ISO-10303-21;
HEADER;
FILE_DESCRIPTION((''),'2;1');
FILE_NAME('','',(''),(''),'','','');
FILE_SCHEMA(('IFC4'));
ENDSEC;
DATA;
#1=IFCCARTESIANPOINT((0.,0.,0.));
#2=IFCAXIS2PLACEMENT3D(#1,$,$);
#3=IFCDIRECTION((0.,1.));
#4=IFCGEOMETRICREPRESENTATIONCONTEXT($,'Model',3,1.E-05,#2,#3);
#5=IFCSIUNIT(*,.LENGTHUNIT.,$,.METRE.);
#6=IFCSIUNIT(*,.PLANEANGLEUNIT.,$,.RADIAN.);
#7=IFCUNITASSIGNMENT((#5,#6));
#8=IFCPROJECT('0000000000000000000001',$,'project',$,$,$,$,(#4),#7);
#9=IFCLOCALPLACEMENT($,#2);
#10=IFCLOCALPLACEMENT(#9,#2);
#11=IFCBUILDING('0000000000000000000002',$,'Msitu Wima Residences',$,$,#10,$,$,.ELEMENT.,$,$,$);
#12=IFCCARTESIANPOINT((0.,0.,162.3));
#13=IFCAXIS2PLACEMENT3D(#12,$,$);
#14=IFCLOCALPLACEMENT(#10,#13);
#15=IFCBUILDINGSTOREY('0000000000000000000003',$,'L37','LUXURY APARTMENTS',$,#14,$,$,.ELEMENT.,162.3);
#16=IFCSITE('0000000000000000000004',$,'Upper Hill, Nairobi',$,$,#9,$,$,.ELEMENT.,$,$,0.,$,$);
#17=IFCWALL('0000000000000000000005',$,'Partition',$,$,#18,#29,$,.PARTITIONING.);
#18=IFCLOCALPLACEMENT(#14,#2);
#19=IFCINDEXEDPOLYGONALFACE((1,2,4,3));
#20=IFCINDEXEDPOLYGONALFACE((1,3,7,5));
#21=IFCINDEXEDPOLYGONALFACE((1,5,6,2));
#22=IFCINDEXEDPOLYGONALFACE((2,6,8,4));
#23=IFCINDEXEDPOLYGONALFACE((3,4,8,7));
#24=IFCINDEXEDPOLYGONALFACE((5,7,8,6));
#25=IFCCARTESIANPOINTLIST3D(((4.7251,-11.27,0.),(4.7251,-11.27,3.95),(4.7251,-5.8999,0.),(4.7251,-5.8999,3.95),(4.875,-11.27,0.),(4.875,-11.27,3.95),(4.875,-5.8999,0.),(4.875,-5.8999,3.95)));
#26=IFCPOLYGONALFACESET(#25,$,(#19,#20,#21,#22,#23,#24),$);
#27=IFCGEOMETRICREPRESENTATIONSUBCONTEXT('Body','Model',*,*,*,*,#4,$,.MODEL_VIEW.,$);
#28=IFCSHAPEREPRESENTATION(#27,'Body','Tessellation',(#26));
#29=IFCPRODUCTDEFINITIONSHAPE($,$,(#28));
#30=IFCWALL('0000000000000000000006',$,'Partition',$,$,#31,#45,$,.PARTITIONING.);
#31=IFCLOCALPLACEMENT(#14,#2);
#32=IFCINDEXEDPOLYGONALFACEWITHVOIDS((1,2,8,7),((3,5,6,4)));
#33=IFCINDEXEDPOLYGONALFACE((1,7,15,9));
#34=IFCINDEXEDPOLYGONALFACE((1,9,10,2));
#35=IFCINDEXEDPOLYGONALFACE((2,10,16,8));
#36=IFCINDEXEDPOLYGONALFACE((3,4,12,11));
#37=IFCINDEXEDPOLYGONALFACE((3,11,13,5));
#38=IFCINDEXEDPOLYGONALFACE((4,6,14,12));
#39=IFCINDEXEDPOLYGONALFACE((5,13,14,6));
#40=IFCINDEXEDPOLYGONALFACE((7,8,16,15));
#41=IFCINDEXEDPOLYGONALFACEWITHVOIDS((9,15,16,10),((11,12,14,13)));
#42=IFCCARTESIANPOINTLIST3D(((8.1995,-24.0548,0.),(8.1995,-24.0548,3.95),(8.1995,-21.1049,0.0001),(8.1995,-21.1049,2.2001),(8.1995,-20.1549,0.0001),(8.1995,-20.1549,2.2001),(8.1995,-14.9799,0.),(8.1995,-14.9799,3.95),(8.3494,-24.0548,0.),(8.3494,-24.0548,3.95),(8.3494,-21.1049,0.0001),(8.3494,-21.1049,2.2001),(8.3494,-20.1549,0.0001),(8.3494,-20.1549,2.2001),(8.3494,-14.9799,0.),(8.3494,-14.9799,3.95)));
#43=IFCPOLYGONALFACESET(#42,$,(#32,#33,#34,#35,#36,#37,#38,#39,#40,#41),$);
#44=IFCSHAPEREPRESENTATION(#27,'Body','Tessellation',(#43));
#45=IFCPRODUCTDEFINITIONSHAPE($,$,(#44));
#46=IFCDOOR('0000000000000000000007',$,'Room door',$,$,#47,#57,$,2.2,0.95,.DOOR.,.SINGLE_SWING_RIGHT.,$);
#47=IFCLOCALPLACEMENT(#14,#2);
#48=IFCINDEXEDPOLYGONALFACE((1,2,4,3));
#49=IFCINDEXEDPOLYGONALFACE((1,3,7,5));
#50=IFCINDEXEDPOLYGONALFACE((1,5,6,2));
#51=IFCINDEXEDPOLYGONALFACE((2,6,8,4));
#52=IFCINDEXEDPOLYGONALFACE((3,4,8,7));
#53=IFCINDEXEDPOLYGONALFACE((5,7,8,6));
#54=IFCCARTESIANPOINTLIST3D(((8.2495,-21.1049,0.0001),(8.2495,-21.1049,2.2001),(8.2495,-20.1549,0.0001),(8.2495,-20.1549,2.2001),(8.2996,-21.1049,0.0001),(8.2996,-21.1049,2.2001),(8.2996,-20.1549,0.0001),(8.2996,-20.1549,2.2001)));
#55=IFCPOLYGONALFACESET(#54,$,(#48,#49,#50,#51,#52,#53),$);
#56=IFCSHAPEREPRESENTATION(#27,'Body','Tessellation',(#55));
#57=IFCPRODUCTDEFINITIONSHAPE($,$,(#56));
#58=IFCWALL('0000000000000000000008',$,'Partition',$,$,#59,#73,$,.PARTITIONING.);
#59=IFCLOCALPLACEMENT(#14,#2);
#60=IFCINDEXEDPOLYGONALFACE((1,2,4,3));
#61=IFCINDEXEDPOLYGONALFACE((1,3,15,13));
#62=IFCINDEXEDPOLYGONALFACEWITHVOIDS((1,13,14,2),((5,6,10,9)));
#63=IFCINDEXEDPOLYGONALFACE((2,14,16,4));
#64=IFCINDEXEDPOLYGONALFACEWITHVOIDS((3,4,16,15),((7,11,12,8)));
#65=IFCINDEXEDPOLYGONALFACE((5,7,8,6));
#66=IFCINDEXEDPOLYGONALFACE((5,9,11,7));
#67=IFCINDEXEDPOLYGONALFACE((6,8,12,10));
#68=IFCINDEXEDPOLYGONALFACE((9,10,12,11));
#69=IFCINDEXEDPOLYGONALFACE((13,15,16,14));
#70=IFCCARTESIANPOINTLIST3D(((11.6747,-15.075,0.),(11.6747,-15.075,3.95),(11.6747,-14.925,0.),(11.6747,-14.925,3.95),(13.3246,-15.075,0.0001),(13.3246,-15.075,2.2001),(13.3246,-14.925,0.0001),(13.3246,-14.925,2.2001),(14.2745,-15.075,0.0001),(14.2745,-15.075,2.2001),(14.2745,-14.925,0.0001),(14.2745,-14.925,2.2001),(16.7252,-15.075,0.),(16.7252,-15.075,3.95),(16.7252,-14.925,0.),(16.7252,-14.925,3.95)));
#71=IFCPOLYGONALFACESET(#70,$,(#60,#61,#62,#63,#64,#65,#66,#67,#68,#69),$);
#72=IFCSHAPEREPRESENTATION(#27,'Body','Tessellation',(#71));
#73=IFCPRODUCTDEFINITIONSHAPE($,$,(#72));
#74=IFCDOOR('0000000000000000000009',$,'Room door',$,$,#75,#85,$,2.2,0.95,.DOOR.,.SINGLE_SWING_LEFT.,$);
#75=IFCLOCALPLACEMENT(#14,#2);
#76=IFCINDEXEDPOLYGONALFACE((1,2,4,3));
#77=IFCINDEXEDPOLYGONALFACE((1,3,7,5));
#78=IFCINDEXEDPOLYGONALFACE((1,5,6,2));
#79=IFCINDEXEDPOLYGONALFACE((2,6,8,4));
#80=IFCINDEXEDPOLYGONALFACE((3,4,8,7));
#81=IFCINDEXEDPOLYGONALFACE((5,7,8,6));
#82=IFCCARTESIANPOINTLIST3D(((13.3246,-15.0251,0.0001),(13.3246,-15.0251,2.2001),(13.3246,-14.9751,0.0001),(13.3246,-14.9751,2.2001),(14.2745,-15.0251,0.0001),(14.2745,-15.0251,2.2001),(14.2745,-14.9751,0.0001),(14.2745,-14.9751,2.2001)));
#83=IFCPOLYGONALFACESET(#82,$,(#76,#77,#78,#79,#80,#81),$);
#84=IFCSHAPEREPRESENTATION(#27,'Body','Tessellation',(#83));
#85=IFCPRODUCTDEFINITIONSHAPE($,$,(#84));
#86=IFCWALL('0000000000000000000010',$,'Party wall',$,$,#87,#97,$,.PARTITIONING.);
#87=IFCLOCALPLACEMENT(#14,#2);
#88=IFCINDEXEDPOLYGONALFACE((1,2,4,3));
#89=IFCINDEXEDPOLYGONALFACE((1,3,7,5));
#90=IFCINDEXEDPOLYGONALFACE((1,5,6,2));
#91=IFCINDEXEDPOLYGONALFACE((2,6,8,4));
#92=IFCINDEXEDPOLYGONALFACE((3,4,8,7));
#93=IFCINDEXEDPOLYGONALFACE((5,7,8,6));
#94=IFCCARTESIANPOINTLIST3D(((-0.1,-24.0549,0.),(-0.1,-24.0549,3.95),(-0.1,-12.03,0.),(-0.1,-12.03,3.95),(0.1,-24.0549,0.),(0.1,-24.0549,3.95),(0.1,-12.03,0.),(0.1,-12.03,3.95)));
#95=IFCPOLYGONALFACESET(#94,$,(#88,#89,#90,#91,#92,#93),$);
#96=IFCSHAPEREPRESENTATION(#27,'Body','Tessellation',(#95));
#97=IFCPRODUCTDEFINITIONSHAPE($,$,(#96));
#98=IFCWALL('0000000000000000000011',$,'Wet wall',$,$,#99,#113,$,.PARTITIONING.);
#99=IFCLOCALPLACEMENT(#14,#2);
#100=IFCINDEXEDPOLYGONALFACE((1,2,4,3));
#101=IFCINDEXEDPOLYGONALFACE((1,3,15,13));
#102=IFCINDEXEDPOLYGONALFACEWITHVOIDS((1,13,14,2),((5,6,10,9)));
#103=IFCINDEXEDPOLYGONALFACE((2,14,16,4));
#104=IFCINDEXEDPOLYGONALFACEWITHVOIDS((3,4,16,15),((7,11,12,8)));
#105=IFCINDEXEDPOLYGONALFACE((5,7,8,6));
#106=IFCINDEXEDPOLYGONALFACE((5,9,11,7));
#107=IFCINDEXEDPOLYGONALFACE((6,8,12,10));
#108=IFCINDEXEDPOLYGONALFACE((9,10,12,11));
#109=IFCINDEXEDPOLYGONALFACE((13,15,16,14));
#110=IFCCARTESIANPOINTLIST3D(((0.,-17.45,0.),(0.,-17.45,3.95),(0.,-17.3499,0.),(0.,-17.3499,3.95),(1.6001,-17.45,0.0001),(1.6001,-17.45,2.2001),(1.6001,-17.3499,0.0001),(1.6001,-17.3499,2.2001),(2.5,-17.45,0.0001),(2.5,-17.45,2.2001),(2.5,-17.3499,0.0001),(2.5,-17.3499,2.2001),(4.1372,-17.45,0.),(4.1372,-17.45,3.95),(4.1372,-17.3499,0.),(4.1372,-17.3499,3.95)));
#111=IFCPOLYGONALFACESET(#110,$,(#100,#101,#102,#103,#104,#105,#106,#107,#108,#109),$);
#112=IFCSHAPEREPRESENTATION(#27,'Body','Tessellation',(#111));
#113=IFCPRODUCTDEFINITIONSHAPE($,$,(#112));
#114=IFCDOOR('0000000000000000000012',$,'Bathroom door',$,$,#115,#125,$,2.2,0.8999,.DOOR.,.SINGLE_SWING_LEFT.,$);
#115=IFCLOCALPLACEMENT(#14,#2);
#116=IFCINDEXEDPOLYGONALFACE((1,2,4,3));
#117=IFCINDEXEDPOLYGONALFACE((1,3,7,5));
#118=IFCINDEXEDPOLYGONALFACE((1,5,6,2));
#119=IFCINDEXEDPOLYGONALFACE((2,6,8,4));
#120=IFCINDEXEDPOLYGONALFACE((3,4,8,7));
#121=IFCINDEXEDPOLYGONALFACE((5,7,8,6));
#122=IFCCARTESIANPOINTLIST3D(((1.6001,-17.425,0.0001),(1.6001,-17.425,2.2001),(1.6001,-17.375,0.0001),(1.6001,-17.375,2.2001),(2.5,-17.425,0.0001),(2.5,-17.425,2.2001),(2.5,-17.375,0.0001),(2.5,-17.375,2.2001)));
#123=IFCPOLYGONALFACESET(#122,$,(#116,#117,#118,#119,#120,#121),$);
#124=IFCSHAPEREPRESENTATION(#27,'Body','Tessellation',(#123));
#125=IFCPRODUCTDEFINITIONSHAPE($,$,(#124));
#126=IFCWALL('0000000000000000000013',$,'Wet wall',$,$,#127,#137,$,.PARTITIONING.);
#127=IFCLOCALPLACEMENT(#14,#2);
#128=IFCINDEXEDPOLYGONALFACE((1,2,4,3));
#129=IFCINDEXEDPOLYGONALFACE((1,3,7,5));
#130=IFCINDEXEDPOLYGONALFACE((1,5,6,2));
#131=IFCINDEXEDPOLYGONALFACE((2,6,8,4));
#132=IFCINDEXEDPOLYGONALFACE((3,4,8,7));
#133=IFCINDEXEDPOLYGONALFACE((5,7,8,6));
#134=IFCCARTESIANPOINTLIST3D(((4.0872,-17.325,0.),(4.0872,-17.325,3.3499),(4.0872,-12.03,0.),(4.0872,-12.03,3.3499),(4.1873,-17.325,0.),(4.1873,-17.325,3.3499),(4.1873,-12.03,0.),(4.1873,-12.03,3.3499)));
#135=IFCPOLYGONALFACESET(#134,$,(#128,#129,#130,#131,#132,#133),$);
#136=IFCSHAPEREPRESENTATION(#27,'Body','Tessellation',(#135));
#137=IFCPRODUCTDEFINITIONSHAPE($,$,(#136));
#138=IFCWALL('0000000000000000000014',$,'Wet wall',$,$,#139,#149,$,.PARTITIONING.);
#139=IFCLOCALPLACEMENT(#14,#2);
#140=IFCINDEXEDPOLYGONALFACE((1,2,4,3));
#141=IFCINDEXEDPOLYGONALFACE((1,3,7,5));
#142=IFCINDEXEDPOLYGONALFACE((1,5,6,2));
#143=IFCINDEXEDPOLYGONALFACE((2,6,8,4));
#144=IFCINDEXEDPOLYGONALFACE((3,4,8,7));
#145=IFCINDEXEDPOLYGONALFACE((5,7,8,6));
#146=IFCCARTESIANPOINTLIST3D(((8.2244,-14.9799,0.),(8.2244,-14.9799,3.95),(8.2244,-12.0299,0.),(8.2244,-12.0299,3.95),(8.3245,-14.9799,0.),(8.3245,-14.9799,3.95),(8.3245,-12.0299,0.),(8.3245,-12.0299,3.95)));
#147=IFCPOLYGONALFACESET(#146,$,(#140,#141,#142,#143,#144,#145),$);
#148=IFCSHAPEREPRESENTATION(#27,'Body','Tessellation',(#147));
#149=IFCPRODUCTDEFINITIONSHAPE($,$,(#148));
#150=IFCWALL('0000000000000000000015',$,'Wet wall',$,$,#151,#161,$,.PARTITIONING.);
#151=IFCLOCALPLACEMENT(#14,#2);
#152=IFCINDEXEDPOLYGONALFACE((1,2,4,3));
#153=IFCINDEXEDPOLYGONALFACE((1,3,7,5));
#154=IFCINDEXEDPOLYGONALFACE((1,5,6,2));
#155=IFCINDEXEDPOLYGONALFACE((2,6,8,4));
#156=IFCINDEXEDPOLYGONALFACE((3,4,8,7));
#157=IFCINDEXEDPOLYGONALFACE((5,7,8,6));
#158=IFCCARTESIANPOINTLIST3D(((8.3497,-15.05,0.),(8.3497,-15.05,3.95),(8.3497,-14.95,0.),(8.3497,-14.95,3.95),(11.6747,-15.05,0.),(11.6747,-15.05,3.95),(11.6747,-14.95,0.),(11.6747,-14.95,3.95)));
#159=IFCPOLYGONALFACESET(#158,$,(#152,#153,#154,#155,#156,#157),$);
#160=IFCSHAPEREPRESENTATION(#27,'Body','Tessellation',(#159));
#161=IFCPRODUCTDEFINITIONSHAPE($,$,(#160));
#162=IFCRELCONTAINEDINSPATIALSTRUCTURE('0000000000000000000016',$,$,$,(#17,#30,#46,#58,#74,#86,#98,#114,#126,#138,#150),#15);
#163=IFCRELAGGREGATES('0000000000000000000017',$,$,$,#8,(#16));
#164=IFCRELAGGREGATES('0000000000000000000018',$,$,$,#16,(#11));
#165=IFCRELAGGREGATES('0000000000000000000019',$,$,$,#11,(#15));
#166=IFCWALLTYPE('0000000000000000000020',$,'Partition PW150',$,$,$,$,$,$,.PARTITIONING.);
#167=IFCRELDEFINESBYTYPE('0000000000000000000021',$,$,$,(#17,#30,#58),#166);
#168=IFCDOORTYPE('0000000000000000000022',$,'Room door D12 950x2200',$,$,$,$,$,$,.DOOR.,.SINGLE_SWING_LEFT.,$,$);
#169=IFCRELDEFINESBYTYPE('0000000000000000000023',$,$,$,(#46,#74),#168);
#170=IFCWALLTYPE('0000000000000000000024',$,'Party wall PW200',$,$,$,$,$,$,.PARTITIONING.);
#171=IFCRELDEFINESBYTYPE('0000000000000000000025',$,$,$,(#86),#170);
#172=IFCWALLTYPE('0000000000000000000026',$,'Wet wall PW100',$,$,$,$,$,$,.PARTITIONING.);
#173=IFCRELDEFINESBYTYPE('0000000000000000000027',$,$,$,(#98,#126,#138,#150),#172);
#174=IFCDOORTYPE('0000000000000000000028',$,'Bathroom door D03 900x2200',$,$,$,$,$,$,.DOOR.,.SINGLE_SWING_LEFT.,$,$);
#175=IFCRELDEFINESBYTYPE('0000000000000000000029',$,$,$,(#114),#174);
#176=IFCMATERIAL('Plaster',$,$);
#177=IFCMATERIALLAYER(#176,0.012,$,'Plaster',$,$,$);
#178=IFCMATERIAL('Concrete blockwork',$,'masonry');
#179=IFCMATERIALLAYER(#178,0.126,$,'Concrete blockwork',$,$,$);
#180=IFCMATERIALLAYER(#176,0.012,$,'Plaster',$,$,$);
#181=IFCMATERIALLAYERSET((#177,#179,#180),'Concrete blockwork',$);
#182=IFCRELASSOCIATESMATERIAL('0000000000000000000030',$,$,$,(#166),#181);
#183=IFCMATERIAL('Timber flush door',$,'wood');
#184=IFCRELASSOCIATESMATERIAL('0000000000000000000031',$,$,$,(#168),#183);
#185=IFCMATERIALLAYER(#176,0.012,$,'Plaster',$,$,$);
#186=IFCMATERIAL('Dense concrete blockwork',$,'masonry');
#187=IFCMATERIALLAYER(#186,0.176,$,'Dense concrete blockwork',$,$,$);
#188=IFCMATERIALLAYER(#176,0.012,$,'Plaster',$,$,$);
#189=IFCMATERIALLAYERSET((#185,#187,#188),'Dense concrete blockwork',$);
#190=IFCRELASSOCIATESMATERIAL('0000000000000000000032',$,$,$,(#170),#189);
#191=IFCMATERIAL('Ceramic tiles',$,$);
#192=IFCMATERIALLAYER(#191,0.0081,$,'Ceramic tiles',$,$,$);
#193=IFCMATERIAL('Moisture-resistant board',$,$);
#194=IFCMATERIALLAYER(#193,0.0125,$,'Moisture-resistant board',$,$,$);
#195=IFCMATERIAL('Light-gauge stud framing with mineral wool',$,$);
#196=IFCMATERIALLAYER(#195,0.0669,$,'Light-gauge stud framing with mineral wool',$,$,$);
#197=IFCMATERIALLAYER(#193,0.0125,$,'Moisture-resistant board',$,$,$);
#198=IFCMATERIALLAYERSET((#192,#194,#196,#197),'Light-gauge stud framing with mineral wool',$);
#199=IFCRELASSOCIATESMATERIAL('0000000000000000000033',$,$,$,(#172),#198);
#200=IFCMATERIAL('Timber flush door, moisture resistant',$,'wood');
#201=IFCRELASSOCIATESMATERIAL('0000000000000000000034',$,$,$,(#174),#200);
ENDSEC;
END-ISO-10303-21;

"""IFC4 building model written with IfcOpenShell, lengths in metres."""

from ifc_helpers import new_model, si_unit, direction, frame, frame_2d, origin, place, context, subcontext, project, spatial, rectangle, extrude, material, layer, layer_set, type_object, element, fill, save


model = new_model("IFC4")

# Units and contexts
model_context = context("Model", 3, precision=1e-05, world=origin(), true_north=direction((0.0, 1.0)))
body_context = subcontext(model_context, "Body", "Model", "MODEL_VIEW")
ifc_project = project(units=[si_unit("LENGTHUNIT", "METRE"), si_unit("PLANEANGLEUNIT", "RADIAN")], contexts=[model_context])

# Site, building, storey
site_placement = place(None, origin())
site = spatial("IfcSite", under=ifc_project, at=site_placement, Name="Upper Hill, Nairobi", CompositionType="ELEMENT", RefElevation=0.0)
building_placement = place(site_placement, origin())
building = spatial("IfcBuilding", under=site, at=building_placement, Name="Msitu Wima Residences", CompositionType="ELEMENT")
storey_placement = place(building_placement, frame((0.0, 0.0, 162.3)))
storey = spatial("IfcBuildingStorey", under=building, at=storey_placement, Name="L37", Description="LUXURY APARTMENTS", CompositionType="ELEMENT", Elevation=162.3)

# Shared definitions
ifc_material_1 = material(Name="Plaster")
ifc_layer_1 = layer(ifc_material_1, 0.012, Name="Plaster")
ifc_material_2 = material(Name="Concrete blockwork", Category="masonry")
ifc_layer_2 = layer(ifc_material_2, 0.126, Name="Concrete blockwork")
ifc_layer_3 = layer(ifc_material_1, 0.012, Name="Plaster")
ifc_layer_set_1 = layer_set([ifc_layer_1, ifc_layer_2, ifc_layer_3], Name="Concrete blockwork")
wall_type_1 = type_object("IfcWallType", Name="Partition PW150", PredefinedType="PARTITIONING", material=ifc_layer_set_1)
ifc_material_3 = material(Name="Timber flush door", Category="wood")
door_type_1 = type_object("IfcDoorType", Name="Room door D12 950x2200", OperationType="SINGLE_SWING_LEFT", PredefinedType="DOOR", material=ifc_material_3)

# Wall
wall_1_placement = place(storey_placement, frame((4.8, -11.27, 0.0), z_axis=(0.0, 0.0, 1.0), x_axis=(0.0, 1.0, 0.0)))
element("IfcWall", 1, at=wall_1_placement, inside=storey, type_object=wall_type_1, Name="Partition", PredefinedType="PARTITIONING", context=body_context, shape_type="SweptSolid", body=[
    extrude(rectangle(XDim=5.3701, YDim=0.1499, at=frame_2d((2.6851, 0.0))), origin(), (0.0, 0.0, 1.0), 3.95),
])

# Walls, openings, doors
wall_2_placement = place(storey_placement, frame((8.2744, -24.0549, 0.0), z_axis=(0.0, 0.0, 1.0), x_axis=(0.0, 1.0, 0.0)))
wall_2 = element("IfcWall", 2, at=wall_2_placement, inside=storey, type_object=wall_type_1, Name="Partition", PredefinedType="PARTITIONING", context=body_context, shape_type="SweptSolid", body=[
    extrude(rectangle(XDim=9.075, YDim=0.1499, at=frame_2d((4.5376, 0.0))), origin(), (0.0, 0.0, 1.0), 3.95),
])
opening_1_placement = place(wall_2_placement, frame((2.95, 0.0, 0.0)))
opening_1 = element("IfcOpeningElement", 3, at=opening_1_placement, cuts=wall_2, PredefinedType="OPENING", context=body_context, shape_type="SweptSolid", body=[
    extrude(rectangle(XDim=0.95, YDim=2.2, at=frame_2d((0.4751, 1.1001))), frame((0.0, 0.085, 0.0), z_axis=(0.0, -1.0, 0.0), x_axis=(1.0, 0.0, 0.0)), (0.0, 0.0, 1.0), 0.1699),
])
door_1_placement = place(opening_1_placement, origin())
door_1 = element("IfcDoor", 4, at=door_1_placement, inside=storey, type_object=door_type_1, Name="Room door", OperationType="SINGLE_SWING_RIGHT", OverallHeight=2.2, OverallWidth=0.95, PredefinedType="DOOR", context=body_context, shape_type="SweptSolid", body=[
    extrude(rectangle(XDim=0.95, YDim=2.2, at=frame_2d((0.4751, 1.1001))), frame((0.0, 0.0249, 0.0), z_axis=(0.0, -1.0, 0.0), x_axis=(1.0, 0.0, 0.0)), (0.0, 0.0, 1.0), 0.05),
])
fill(opening_1, door_1)
wall_3_placement = place(storey_placement, frame((11.6746, -15.0, 0.0), z_axis=(0.0, 0.0, 1.0), x_axis=(1.0, 0.0, 0.0)))
wall_3 = element("IfcWall", 5, at=wall_3_placement, inside=storey, type_object=wall_type_1, Name="Partition", PredefinedType="PARTITIONING", context=body_context, shape_type="SweptSolid", body=[
    extrude(rectangle(XDim=5.0505, YDim=0.1499, at=frame_2d((2.5254, 0.0))), origin(), (0.0, 0.0, 1.0), 3.95),
])
opening_2_placement = place(wall_3_placement, frame((1.6499, 0.0, 0.0)))
opening_2 = element("IfcOpeningElement", 6, at=opening_2_placement, cuts=wall_3, PredefinedType="OPENING", context=body_context, shape_type="SweptSolid", body=[
    extrude(rectangle(XDim=0.95, YDim=2.2, at=frame_2d((0.4751, 1.1001))), frame((0.0, 0.085, 0.0), z_axis=(0.0, -1.0, 0.0), x_axis=(1.0, 0.0, 0.0)), (0.0, 0.0, 1.0), 0.1699),
])
door_2_placement = place(opening_2_placement, origin())
door_2 = element("IfcDoor", 7, at=door_2_placement, inside=storey, type_object=door_type_1, Name="Room door", OperationType="SINGLE_SWING_LEFT", OverallHeight=2.2, OverallWidth=0.95, PredefinedType="DOOR", context=body_context, shape_type="SweptSolid", body=[
    extrude(rectangle(XDim=0.95, YDim=2.2, at=frame_2d((0.4751, 1.1001))), frame((0.0, 0.0249, 0.0), z_axis=(0.0, -1.0, 0.0), x_axis=(1.0, 0.0, 0.0)), (0.0, 0.0, 1.0), 0.05),
])
fill(opening_2, door_2)

# Wall
ifc_layer_4 = layer(ifc_material_1, 0.012, Name="Plaster")
ifc_material_4 = material(Name="Dense concrete blockwork", Category="masonry")
ifc_layer_5 = layer(ifc_material_4, 0.176, Name="Dense concrete blockwork")
ifc_layer_6 = layer(ifc_material_1, 0.012, Name="Plaster")
ifc_layer_set_2 = layer_set([ifc_layer_4, ifc_layer_5, ifc_layer_6], Name="Dense concrete blockwork")
wall_type_2 = type_object("IfcWallType", Name="Party wall PW200", PredefinedType="PARTITIONING", material=ifc_layer_set_2)
wall_4_placement = place(storey_placement, frame((0.0, -24.0549, 0.0), z_axis=(0.0, 0.0, 1.0), x_axis=(0.0, 1.0, 0.0)))
element("IfcWall", 8, at=wall_4_placement, inside=storey, type_object=wall_type_2, Name="Party wall", PredefinedType="PARTITIONING", context=body_context, shape_type="SweptSolid", body=[
    extrude(rectangle(XDim=12.0249, YDim=0.2, at=frame_2d((6.0125, 0.0))), origin(), (0.0, 0.0, 1.0), 3.95),
])

# Wall, opening, door
ifc_material_5 = material(Name="Ceramic tiles")
ifc_layer_7 = layer(ifc_material_5, 0.0081, Name="Ceramic tiles")
ifc_material_6 = material(Name="Moisture-resistant board")
ifc_layer_8 = layer(ifc_material_6, 0.0125, Name="Moisture-resistant board")
ifc_material_7 = material(Name="Light-gauge stud framing with mineral wool")
ifc_layer_9 = layer(ifc_material_7, 0.0669, Name="Light-gauge stud framing with mineral wool")
ifc_layer_10 = layer(ifc_material_6, 0.0125, Name="Moisture-resistant board")
ifc_layer_set_3 = layer_set([ifc_layer_7, ifc_layer_8, ifc_layer_9, ifc_layer_10], Name="Light-gauge stud framing with mineral wool")
wall_type_3 = type_object("IfcWallType", Name="Wet wall PW100", PredefinedType="PARTITIONING", material=ifc_layer_set_3)
wall_5_placement = place(storey_placement, frame((0.0, -17.3999, 0.0), z_axis=(0.0, 0.0, 1.0), x_axis=(1.0, 0.0, 0.0)))
wall_5 = element("IfcWall", 9, at=wall_5_placement, inside=storey, type_object=wall_type_3, Name="Wet wall", PredefinedType="PARTITIONING", context=body_context, shape_type="SweptSolid", body=[
    extrude(rectangle(XDim=4.1372, YDim=0.1001, at=frame_2d((2.0686, 0.0))), origin(), (0.0, 0.0, 1.0), 3.95),
])
opening_3_placement = place(wall_5_placement, frame((1.6001, 0.0, 0.0)))
opening_3 = element("IfcOpeningElement", 10, at=opening_3_placement, cuts=wall_5, PredefinedType="OPENING", context=body_context, shape_type="SweptSolid", body=[
    extrude(rectangle(XDim=0.8999, YDim=2.2, at=frame_2d((0.45, 1.1001))), frame((0.0, 0.0601, 0.0), z_axis=(0.0, -1.0, 0.0), x_axis=(1.0, 0.0, 0.0)), (0.0, 0.0, 1.0), 0.1201),
])
ifc_material_8 = material(Name="Timber flush door, moisture resistant", Category="wood")
door_type_2 = type_object("IfcDoorType", Name="Bathroom door D03 900x2200", OperationType="SINGLE_SWING_LEFT", PredefinedType="DOOR", material=ifc_material_8)
door_3_placement = place(opening_3_placement, origin())
door_3 = element("IfcDoor", 11, at=door_3_placement, inside=storey, type_object=door_type_2, Name="Bathroom door", OperationType="SINGLE_SWING_LEFT", OverallHeight=2.2, OverallWidth=0.8999, PredefinedType="DOOR", context=body_context, shape_type="SweptSolid", body=[
    extrude(rectangle(XDim=0.8999, YDim=2.2, at=frame_2d((0.45, 1.1001))), frame((0.0, 0.0249, 0.0), z_axis=(0.0, -1.0, 0.0), x_axis=(1.0, 0.0, 0.0)), (0.0, 0.0, 1.0), 0.05),
])
fill(opening_3, door_3)

# Walls
wall_6_placement = place(storey_placement, frame((4.1372, -17.325, 0.0), z_axis=(0.0, 0.0, 1.0), x_axis=(0.0, 1.0, 0.0)))
element("IfcWall", 12, at=wall_6_placement, inside=storey, type_object=wall_type_3, Name="Wet wall", PredefinedType="PARTITIONING", context=body_context, shape_type="SweptSolid", body=[
    extrude(rectangle(XDim=5.2949, YDim=0.1001, at=frame_2d((2.6475, 0.0))), origin(), (0.0, 0.0, 1.0), 3.3499),
])
wall_7_placement = place(storey_placement, frame((8.2744, -14.98, 0.0), z_axis=(0.0, 0.0, 1.0), x_axis=(0.0, 1.0, 0.0)))
element("IfcWall", 13, at=wall_7_placement, inside=storey, type_object=wall_type_3, Name="Wet wall", PredefinedType="PARTITIONING", context=body_context, shape_type="SweptSolid", body=[
    extrude(rectangle(XDim=2.95, YDim=0.1001, at=frame_2d((1.4751, 0.0))), origin(), (0.0, 0.0, 1.0), 3.95),
])
wall_8_placement = place(storey_placement, frame((8.3496, -15.0, 0.0), z_axis=(0.0, 0.0, 1.0), x_axis=(1.0, 0.0, 0.0)))
element("IfcWall", 14, at=wall_8_placement, inside=storey, type_object=wall_type_3, Name="Wet wall", PredefinedType="PARTITIONING", context=body_context, shape_type="SweptSolid", body=[
    extrude(rectangle(XDim=3.325, YDim=0.1001, at=frame_2d((1.6626, 0.0))), origin(), (0.0, 0.0, 1.0), 3.95),
])

save(model, "model.ifc")
